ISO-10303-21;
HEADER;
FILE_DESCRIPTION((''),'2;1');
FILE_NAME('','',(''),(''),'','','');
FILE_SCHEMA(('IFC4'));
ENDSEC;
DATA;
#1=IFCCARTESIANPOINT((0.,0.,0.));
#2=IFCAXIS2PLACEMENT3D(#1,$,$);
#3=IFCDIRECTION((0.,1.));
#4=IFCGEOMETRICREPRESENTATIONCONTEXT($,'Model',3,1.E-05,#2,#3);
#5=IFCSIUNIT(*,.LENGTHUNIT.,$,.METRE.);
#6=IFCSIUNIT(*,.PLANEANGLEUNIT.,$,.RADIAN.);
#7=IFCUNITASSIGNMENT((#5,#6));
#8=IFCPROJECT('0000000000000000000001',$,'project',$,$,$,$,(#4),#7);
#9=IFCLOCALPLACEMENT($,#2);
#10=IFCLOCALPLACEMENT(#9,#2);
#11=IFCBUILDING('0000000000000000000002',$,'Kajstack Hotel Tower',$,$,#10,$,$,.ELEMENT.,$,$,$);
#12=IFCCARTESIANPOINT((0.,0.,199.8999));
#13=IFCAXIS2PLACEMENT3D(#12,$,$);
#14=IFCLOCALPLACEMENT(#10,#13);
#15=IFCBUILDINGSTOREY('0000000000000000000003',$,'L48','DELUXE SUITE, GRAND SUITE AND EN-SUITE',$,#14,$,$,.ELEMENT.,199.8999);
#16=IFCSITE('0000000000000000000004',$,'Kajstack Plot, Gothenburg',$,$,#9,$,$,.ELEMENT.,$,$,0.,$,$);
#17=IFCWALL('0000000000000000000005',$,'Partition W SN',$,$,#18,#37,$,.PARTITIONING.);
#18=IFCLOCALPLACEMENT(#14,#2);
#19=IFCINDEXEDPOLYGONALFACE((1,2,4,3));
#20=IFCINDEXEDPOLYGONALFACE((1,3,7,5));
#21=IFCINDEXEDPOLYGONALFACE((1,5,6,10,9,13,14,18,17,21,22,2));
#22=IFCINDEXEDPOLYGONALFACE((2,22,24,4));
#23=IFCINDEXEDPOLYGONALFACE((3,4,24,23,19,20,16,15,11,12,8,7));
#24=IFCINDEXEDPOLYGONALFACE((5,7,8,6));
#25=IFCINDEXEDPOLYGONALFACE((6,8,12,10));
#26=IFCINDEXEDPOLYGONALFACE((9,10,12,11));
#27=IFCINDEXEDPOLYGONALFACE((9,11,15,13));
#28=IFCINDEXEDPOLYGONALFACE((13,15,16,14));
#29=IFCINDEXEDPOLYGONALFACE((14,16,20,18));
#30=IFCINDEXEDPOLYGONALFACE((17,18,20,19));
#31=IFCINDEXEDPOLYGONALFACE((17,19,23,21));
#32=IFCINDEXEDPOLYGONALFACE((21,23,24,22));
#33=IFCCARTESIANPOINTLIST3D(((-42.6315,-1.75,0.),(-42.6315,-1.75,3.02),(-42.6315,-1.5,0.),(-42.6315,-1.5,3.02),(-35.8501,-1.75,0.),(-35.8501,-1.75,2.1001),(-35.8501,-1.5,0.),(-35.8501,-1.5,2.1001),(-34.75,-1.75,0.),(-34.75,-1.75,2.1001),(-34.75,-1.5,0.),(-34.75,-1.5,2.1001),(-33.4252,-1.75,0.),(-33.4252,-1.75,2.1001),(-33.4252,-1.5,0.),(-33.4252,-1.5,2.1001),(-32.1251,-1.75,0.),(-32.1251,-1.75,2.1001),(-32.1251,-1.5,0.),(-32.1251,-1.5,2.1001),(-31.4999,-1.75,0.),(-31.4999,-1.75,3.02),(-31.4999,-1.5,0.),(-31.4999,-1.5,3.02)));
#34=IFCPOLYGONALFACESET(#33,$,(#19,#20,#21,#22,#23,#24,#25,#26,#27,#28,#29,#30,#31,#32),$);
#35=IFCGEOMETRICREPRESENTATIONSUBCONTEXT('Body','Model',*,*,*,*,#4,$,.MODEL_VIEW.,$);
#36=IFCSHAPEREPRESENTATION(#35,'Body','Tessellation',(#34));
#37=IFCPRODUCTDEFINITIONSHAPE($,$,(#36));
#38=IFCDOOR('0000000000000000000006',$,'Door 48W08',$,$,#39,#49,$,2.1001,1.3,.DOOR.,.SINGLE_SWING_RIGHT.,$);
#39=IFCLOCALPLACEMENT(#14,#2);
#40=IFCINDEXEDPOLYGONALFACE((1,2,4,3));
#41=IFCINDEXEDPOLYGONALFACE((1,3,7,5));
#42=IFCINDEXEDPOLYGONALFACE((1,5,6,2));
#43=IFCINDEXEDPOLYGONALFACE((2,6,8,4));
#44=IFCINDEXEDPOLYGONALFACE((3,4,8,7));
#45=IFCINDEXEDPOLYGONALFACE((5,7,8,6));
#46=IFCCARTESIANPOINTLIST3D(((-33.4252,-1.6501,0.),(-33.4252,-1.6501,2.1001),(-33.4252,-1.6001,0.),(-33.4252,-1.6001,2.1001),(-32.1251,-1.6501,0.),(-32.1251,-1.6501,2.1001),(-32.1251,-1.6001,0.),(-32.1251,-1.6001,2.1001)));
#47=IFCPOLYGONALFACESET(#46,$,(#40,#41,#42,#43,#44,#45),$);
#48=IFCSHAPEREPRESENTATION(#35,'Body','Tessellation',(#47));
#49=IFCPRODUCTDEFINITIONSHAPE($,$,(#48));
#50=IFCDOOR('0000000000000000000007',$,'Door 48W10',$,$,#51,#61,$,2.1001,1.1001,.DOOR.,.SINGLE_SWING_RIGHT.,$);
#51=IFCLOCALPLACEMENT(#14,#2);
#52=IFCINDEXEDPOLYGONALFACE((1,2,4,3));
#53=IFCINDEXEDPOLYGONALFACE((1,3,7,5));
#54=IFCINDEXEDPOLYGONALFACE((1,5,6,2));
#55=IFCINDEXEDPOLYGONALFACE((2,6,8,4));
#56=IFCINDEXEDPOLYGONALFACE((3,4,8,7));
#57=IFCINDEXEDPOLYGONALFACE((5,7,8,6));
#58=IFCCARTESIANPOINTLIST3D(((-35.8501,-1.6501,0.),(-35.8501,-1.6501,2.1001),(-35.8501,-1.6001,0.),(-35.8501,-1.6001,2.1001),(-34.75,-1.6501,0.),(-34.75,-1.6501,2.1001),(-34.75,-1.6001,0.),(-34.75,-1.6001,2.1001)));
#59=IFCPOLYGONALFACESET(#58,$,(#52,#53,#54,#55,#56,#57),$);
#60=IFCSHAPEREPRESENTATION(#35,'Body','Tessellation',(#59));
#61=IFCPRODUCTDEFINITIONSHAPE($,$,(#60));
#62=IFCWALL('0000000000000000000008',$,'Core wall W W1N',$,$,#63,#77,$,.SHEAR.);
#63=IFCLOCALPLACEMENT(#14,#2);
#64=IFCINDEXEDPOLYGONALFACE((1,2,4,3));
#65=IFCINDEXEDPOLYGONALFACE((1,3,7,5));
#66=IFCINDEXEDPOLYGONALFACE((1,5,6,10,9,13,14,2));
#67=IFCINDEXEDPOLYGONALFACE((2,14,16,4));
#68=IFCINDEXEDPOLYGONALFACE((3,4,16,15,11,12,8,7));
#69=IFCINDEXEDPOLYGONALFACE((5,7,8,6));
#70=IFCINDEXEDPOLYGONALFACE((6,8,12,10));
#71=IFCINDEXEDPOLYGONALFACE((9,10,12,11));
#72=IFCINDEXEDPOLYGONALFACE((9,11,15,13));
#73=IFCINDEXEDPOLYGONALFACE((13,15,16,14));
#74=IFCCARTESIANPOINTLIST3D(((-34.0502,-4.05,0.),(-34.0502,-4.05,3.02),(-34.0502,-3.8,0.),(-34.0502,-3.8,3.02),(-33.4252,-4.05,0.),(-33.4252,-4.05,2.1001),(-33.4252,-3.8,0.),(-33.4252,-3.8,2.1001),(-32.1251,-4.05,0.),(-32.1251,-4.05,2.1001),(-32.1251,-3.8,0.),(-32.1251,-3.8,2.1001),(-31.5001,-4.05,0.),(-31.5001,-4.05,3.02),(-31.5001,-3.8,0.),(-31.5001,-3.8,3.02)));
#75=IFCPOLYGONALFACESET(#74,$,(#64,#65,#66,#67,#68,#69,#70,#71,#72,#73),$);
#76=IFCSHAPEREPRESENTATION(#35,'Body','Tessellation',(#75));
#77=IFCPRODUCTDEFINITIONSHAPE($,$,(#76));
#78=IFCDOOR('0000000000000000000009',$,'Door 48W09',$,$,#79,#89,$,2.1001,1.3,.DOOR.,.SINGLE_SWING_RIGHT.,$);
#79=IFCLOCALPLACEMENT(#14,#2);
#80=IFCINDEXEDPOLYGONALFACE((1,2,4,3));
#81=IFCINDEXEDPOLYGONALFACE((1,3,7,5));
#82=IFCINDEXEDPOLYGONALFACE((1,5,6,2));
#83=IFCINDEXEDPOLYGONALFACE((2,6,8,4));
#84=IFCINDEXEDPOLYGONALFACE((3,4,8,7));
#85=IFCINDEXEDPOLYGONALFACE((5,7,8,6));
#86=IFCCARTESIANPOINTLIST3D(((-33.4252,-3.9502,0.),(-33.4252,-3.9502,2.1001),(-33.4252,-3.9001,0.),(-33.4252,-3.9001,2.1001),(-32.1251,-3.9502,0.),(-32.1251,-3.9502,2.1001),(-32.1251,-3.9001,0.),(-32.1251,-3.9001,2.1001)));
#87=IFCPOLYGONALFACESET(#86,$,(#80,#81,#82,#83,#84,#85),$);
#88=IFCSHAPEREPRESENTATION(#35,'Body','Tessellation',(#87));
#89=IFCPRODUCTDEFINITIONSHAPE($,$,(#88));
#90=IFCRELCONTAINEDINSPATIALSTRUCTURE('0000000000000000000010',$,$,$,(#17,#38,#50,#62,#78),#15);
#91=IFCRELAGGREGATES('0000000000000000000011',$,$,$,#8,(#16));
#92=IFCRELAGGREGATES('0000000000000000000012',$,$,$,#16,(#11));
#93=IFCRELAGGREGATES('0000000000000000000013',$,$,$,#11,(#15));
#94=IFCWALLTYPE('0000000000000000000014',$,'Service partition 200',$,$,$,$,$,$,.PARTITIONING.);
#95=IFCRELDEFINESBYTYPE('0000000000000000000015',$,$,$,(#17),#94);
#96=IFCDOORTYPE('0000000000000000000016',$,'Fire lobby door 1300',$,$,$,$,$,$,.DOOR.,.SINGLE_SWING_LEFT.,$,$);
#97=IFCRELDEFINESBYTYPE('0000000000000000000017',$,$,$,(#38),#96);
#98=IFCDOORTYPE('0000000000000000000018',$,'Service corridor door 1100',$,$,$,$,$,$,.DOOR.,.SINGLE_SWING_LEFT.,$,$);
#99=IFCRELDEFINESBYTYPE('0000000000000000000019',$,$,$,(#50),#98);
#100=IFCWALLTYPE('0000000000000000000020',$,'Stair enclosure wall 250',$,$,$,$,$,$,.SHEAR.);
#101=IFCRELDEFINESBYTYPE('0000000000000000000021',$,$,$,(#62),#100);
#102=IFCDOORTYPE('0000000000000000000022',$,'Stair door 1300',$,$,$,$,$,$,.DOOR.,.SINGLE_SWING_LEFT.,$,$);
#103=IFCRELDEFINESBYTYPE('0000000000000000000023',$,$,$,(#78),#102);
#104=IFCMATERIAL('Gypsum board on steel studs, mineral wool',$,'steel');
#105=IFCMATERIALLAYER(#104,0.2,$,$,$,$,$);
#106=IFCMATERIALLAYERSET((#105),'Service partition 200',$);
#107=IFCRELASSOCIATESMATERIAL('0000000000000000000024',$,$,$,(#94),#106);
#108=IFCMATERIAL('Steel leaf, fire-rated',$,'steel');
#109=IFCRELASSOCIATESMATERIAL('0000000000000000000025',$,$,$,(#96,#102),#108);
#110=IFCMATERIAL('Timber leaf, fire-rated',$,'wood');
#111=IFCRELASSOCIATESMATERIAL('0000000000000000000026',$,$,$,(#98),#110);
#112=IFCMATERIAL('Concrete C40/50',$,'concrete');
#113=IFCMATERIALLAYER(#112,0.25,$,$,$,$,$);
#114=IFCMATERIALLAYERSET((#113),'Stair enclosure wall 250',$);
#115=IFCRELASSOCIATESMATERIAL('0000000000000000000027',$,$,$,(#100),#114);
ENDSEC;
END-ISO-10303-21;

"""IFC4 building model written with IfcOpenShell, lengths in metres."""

from ifc_helpers import new_model, si_unit, direction, frame, frame_2d, origin, place, context, subcontext, project, spatial, rectangle, extrude, material, layer, layer_set, type_object, element, fill, save


model = new_model("IFC4")

# Units and contexts
model_context = context("Model", 3, precision=1e-05, world=origin(), true_north=direction((0.0, 1.0)))
body_context = subcontext(model_context, "Body", "Model", "MODEL_VIEW")
ifc_project = project(units=[si_unit("LENGTHUNIT", "METRE"), si_unit("PLANEANGLEUNIT", "RADIAN")], contexts=[model_context])

# Site, building, storey
site_placement = place(None, origin())
site = spatial("IfcSite", under=ifc_project, at=site_placement, Name="Kajstack Plot, Gothenburg", CompositionType="ELEMENT", RefElevation=0.0)
building_placement = place(site_placement, origin())
building = spatial("IfcBuilding", under=site, at=building_placement, Name="Kajstack Hotel Tower", CompositionType="ELEMENT")
storey_placement = place(building_placement, frame((0.0, 0.0, 199.8999)))
storey = spatial("IfcBuildingStorey", under=building, at=storey_placement, Name="L48", Description="DELUXE SUITE, GRAND SUITE AND EN-SUITE", CompositionType="ELEMENT", Elevation=199.8999)

# Shared definitions
ifc_material_1 = material(Name="Gypsum board on steel studs, mineral wool", Category="steel")

# Wall, openings, doors
ifc_layer_1 = layer(ifc_material_1, 0.2)
ifc_layer_set_1 = layer_set([ifc_layer_1], Name="Service partition 200")
wall_type_1 = type_object("IfcWallType", Name="Service partition 200", PredefinedType="PARTITIONING", material=ifc_layer_set_1)
wall_1_placement = place(storey_placement, frame((-42.6316, -1.625, 0.0), z_axis=(0.0, 0.0, 1.0), x_axis=(1.0, 0.0, 0.0)))
wall_1 = element("IfcWall", 1, at=wall_1_placement, inside=storey, type_object=wall_type_1, Name="Partition W SN", PredefinedType="PARTITIONING", context=body_context, shape_type="SweptSolid", body=[
    extrude(rectangle(XDim=11.1316, YDim=0.25, at=frame_2d((5.5659, 0.0))), origin(), (0.0, 0.0, 1.0), 3.02),
])
opening_1_placement = place(wall_1_placement, frame((9.2065, 0.0, 0.0)))
opening_1 = element("IfcOpeningElement", 2, at=opening_1_placement, cuts=wall_1, PredefinedType="OPENING", context=body_context, shape_type="SweptSolid", body=[
    extrude(rectangle(XDim=1.3, YDim=2.1001, at=frame_2d((0.6499, 1.05))), frame((0.0, 0.135, 0.0), z_axis=(0.0, -1.0, 0.0), x_axis=(1.0, 0.0, 0.0)), (0.0, 0.0, 1.0), 0.27),
])
opening_2_placement = place(wall_1_placement, frame((6.7815, 0.0, 0.0)))
opening_2 = element("IfcOpeningElement", 3, at=opening_2_placement, cuts=wall_1, PredefinedType="OPENING", context=body_context, shape_type="SweptSolid", body=[
    extrude(rectangle(XDim=1.1001, YDim=2.1001, at=frame_2d((0.55, 1.05))), frame((0.0, 0.135, 0.0), z_axis=(0.0, -1.0, 0.0), x_axis=(1.0, 0.0, 0.0)), (0.0, 0.0, 1.0), 0.27),
])
ifc_material_2 = material(Name="Steel leaf, fire-rated", Category="steel")
door_type_1 = type_object("IfcDoorType", Name="Fire lobby door 1300", OperationType="SINGLE_SWING_LEFT", PredefinedType="DOOR", material=ifc_material_2)
door_1_placement = place(opening_1_placement, origin())
door_1 = element("IfcDoor", 4, at=door_1_placement, inside=storey, type_object=door_type_1, Name="Door 48W08", OperationType="SINGLE_SWING_RIGHT", OverallHeight=2.1001, OverallWidth=1.3, PredefinedType="DOOR", context=body_context, shape_type="SweptSolid", body=[
    extrude(rectangle(XDim=1.3, YDim=2.1001, at=frame_2d((0.6499, 1.05))), frame((0.0, 0.0249, 0.0), z_axis=(0.0, -1.0, 0.0), x_axis=(1.0, 0.0, 0.0)), (0.0, 0.0, 1.0), 0.05),
])
fill(opening_1, door_1)
ifc_material_3 = material(Name="Timber leaf, fire-rated", Category="wood")
door_type_2 = type_object("IfcDoorType", Name="Service corridor door 1100", OperationType="SINGLE_SWING_LEFT", PredefinedType="DOOR", material=ifc_material_3)
door_2_placement = place(opening_2_placement, origin())
door_2 = element("IfcDoor", 5, at=door_2_placement, inside=storey, type_object=door_type_2, Name="Door 48W10", OperationType="SINGLE_SWING_RIGHT", OverallHeight=2.1001, OverallWidth=1.1001, PredefinedType="DOOR", context=body_context, shape_type="SweptSolid", body=[
    extrude(rectangle(XDim=1.1001, YDim=2.1001, at=frame_2d((0.55, 1.05))), frame((0.0, 0.0249, 0.0), z_axis=(0.0, -1.0, 0.0), x_axis=(1.0, 0.0, 0.0)), (0.0, 0.0, 1.0), 0.05),
])
fill(opening_2, door_2)

# Wall, opening, door
ifc_material_4 = material(Name="Concrete C40/50", Category="concrete")
ifc_layer_2 = layer(ifc_material_4, 0.25)
ifc_layer_set_2 = layer_set([ifc_layer_2], Name="Stair enclosure wall 250")
wall_type_2 = type_object("IfcWallType", Name="Stair enclosure wall 250", PredefinedType="SHEAR", material=ifc_layer_set_2)
wall_2_placement = place(storey_placement, frame((-34.05, -3.925, 0.0), z_axis=(0.0, 0.0, 1.0), x_axis=(1.0, 0.0, 0.0)))
wall_2 = element("IfcWall", 6, at=wall_2_placement, inside=storey, type_object=wall_type_2, Name="Core wall W W1N", PredefinedType="SHEAR", context=body_context, shape_type="SweptSolid", body=[
    extrude(rectangle(XDim=2.55, YDim=0.25, at=frame_2d((1.2749, 0.0))), origin(), (0.0, 0.0, 1.0), 3.02),
])
opening_3_placement = place(wall_2_placement, frame((0.625, 0.0, 0.0)))
opening_3 = element("IfcOpeningElement", 7, at=opening_3_placement, cuts=wall_2, PredefinedType="OPENING", context=body_context, shape_type="SweptSolid", body=[
    extrude(rectangle(XDim=1.3, YDim=2.1001, at=frame_2d((0.6499, 1.05))), frame((0.0, 0.135, 0.0), z_axis=(0.0, -1.0, 0.0), x_axis=(1.0, 0.0, 0.0)), (0.0, 0.0, 1.0), 0.27),
])
door_type_3 = type_object("IfcDoorType", Name="Stair door 1300", OperationType="SINGLE_SWING_LEFT", PredefinedType="DOOR", material=ifc_material_2)
door_3_placement = place(opening_3_placement, origin())
door_3 = element("IfcDoor", 8, at=door_3_placement, inside=storey, type_object=door_type_3, Name="Door 48W09", OperationType="SINGLE_SWING_RIGHT", OverallHeight=2.1001, OverallWidth=1.3, PredefinedType="DOOR", context=body_context, shape_type="SweptSolid", body=[
    extrude(rectangle(XDim=1.3, YDim=2.1001, at=frame_2d((0.6499, 1.05))), frame((0.0, 0.0249, 0.0), z_axis=(0.0, -1.0, 0.0), x_axis=(1.0, 0.0, 0.0)), (0.0, 0.0, 1.0), 0.05),
])
fill(opening_3, door_3)

save(model, "model.ifc")
